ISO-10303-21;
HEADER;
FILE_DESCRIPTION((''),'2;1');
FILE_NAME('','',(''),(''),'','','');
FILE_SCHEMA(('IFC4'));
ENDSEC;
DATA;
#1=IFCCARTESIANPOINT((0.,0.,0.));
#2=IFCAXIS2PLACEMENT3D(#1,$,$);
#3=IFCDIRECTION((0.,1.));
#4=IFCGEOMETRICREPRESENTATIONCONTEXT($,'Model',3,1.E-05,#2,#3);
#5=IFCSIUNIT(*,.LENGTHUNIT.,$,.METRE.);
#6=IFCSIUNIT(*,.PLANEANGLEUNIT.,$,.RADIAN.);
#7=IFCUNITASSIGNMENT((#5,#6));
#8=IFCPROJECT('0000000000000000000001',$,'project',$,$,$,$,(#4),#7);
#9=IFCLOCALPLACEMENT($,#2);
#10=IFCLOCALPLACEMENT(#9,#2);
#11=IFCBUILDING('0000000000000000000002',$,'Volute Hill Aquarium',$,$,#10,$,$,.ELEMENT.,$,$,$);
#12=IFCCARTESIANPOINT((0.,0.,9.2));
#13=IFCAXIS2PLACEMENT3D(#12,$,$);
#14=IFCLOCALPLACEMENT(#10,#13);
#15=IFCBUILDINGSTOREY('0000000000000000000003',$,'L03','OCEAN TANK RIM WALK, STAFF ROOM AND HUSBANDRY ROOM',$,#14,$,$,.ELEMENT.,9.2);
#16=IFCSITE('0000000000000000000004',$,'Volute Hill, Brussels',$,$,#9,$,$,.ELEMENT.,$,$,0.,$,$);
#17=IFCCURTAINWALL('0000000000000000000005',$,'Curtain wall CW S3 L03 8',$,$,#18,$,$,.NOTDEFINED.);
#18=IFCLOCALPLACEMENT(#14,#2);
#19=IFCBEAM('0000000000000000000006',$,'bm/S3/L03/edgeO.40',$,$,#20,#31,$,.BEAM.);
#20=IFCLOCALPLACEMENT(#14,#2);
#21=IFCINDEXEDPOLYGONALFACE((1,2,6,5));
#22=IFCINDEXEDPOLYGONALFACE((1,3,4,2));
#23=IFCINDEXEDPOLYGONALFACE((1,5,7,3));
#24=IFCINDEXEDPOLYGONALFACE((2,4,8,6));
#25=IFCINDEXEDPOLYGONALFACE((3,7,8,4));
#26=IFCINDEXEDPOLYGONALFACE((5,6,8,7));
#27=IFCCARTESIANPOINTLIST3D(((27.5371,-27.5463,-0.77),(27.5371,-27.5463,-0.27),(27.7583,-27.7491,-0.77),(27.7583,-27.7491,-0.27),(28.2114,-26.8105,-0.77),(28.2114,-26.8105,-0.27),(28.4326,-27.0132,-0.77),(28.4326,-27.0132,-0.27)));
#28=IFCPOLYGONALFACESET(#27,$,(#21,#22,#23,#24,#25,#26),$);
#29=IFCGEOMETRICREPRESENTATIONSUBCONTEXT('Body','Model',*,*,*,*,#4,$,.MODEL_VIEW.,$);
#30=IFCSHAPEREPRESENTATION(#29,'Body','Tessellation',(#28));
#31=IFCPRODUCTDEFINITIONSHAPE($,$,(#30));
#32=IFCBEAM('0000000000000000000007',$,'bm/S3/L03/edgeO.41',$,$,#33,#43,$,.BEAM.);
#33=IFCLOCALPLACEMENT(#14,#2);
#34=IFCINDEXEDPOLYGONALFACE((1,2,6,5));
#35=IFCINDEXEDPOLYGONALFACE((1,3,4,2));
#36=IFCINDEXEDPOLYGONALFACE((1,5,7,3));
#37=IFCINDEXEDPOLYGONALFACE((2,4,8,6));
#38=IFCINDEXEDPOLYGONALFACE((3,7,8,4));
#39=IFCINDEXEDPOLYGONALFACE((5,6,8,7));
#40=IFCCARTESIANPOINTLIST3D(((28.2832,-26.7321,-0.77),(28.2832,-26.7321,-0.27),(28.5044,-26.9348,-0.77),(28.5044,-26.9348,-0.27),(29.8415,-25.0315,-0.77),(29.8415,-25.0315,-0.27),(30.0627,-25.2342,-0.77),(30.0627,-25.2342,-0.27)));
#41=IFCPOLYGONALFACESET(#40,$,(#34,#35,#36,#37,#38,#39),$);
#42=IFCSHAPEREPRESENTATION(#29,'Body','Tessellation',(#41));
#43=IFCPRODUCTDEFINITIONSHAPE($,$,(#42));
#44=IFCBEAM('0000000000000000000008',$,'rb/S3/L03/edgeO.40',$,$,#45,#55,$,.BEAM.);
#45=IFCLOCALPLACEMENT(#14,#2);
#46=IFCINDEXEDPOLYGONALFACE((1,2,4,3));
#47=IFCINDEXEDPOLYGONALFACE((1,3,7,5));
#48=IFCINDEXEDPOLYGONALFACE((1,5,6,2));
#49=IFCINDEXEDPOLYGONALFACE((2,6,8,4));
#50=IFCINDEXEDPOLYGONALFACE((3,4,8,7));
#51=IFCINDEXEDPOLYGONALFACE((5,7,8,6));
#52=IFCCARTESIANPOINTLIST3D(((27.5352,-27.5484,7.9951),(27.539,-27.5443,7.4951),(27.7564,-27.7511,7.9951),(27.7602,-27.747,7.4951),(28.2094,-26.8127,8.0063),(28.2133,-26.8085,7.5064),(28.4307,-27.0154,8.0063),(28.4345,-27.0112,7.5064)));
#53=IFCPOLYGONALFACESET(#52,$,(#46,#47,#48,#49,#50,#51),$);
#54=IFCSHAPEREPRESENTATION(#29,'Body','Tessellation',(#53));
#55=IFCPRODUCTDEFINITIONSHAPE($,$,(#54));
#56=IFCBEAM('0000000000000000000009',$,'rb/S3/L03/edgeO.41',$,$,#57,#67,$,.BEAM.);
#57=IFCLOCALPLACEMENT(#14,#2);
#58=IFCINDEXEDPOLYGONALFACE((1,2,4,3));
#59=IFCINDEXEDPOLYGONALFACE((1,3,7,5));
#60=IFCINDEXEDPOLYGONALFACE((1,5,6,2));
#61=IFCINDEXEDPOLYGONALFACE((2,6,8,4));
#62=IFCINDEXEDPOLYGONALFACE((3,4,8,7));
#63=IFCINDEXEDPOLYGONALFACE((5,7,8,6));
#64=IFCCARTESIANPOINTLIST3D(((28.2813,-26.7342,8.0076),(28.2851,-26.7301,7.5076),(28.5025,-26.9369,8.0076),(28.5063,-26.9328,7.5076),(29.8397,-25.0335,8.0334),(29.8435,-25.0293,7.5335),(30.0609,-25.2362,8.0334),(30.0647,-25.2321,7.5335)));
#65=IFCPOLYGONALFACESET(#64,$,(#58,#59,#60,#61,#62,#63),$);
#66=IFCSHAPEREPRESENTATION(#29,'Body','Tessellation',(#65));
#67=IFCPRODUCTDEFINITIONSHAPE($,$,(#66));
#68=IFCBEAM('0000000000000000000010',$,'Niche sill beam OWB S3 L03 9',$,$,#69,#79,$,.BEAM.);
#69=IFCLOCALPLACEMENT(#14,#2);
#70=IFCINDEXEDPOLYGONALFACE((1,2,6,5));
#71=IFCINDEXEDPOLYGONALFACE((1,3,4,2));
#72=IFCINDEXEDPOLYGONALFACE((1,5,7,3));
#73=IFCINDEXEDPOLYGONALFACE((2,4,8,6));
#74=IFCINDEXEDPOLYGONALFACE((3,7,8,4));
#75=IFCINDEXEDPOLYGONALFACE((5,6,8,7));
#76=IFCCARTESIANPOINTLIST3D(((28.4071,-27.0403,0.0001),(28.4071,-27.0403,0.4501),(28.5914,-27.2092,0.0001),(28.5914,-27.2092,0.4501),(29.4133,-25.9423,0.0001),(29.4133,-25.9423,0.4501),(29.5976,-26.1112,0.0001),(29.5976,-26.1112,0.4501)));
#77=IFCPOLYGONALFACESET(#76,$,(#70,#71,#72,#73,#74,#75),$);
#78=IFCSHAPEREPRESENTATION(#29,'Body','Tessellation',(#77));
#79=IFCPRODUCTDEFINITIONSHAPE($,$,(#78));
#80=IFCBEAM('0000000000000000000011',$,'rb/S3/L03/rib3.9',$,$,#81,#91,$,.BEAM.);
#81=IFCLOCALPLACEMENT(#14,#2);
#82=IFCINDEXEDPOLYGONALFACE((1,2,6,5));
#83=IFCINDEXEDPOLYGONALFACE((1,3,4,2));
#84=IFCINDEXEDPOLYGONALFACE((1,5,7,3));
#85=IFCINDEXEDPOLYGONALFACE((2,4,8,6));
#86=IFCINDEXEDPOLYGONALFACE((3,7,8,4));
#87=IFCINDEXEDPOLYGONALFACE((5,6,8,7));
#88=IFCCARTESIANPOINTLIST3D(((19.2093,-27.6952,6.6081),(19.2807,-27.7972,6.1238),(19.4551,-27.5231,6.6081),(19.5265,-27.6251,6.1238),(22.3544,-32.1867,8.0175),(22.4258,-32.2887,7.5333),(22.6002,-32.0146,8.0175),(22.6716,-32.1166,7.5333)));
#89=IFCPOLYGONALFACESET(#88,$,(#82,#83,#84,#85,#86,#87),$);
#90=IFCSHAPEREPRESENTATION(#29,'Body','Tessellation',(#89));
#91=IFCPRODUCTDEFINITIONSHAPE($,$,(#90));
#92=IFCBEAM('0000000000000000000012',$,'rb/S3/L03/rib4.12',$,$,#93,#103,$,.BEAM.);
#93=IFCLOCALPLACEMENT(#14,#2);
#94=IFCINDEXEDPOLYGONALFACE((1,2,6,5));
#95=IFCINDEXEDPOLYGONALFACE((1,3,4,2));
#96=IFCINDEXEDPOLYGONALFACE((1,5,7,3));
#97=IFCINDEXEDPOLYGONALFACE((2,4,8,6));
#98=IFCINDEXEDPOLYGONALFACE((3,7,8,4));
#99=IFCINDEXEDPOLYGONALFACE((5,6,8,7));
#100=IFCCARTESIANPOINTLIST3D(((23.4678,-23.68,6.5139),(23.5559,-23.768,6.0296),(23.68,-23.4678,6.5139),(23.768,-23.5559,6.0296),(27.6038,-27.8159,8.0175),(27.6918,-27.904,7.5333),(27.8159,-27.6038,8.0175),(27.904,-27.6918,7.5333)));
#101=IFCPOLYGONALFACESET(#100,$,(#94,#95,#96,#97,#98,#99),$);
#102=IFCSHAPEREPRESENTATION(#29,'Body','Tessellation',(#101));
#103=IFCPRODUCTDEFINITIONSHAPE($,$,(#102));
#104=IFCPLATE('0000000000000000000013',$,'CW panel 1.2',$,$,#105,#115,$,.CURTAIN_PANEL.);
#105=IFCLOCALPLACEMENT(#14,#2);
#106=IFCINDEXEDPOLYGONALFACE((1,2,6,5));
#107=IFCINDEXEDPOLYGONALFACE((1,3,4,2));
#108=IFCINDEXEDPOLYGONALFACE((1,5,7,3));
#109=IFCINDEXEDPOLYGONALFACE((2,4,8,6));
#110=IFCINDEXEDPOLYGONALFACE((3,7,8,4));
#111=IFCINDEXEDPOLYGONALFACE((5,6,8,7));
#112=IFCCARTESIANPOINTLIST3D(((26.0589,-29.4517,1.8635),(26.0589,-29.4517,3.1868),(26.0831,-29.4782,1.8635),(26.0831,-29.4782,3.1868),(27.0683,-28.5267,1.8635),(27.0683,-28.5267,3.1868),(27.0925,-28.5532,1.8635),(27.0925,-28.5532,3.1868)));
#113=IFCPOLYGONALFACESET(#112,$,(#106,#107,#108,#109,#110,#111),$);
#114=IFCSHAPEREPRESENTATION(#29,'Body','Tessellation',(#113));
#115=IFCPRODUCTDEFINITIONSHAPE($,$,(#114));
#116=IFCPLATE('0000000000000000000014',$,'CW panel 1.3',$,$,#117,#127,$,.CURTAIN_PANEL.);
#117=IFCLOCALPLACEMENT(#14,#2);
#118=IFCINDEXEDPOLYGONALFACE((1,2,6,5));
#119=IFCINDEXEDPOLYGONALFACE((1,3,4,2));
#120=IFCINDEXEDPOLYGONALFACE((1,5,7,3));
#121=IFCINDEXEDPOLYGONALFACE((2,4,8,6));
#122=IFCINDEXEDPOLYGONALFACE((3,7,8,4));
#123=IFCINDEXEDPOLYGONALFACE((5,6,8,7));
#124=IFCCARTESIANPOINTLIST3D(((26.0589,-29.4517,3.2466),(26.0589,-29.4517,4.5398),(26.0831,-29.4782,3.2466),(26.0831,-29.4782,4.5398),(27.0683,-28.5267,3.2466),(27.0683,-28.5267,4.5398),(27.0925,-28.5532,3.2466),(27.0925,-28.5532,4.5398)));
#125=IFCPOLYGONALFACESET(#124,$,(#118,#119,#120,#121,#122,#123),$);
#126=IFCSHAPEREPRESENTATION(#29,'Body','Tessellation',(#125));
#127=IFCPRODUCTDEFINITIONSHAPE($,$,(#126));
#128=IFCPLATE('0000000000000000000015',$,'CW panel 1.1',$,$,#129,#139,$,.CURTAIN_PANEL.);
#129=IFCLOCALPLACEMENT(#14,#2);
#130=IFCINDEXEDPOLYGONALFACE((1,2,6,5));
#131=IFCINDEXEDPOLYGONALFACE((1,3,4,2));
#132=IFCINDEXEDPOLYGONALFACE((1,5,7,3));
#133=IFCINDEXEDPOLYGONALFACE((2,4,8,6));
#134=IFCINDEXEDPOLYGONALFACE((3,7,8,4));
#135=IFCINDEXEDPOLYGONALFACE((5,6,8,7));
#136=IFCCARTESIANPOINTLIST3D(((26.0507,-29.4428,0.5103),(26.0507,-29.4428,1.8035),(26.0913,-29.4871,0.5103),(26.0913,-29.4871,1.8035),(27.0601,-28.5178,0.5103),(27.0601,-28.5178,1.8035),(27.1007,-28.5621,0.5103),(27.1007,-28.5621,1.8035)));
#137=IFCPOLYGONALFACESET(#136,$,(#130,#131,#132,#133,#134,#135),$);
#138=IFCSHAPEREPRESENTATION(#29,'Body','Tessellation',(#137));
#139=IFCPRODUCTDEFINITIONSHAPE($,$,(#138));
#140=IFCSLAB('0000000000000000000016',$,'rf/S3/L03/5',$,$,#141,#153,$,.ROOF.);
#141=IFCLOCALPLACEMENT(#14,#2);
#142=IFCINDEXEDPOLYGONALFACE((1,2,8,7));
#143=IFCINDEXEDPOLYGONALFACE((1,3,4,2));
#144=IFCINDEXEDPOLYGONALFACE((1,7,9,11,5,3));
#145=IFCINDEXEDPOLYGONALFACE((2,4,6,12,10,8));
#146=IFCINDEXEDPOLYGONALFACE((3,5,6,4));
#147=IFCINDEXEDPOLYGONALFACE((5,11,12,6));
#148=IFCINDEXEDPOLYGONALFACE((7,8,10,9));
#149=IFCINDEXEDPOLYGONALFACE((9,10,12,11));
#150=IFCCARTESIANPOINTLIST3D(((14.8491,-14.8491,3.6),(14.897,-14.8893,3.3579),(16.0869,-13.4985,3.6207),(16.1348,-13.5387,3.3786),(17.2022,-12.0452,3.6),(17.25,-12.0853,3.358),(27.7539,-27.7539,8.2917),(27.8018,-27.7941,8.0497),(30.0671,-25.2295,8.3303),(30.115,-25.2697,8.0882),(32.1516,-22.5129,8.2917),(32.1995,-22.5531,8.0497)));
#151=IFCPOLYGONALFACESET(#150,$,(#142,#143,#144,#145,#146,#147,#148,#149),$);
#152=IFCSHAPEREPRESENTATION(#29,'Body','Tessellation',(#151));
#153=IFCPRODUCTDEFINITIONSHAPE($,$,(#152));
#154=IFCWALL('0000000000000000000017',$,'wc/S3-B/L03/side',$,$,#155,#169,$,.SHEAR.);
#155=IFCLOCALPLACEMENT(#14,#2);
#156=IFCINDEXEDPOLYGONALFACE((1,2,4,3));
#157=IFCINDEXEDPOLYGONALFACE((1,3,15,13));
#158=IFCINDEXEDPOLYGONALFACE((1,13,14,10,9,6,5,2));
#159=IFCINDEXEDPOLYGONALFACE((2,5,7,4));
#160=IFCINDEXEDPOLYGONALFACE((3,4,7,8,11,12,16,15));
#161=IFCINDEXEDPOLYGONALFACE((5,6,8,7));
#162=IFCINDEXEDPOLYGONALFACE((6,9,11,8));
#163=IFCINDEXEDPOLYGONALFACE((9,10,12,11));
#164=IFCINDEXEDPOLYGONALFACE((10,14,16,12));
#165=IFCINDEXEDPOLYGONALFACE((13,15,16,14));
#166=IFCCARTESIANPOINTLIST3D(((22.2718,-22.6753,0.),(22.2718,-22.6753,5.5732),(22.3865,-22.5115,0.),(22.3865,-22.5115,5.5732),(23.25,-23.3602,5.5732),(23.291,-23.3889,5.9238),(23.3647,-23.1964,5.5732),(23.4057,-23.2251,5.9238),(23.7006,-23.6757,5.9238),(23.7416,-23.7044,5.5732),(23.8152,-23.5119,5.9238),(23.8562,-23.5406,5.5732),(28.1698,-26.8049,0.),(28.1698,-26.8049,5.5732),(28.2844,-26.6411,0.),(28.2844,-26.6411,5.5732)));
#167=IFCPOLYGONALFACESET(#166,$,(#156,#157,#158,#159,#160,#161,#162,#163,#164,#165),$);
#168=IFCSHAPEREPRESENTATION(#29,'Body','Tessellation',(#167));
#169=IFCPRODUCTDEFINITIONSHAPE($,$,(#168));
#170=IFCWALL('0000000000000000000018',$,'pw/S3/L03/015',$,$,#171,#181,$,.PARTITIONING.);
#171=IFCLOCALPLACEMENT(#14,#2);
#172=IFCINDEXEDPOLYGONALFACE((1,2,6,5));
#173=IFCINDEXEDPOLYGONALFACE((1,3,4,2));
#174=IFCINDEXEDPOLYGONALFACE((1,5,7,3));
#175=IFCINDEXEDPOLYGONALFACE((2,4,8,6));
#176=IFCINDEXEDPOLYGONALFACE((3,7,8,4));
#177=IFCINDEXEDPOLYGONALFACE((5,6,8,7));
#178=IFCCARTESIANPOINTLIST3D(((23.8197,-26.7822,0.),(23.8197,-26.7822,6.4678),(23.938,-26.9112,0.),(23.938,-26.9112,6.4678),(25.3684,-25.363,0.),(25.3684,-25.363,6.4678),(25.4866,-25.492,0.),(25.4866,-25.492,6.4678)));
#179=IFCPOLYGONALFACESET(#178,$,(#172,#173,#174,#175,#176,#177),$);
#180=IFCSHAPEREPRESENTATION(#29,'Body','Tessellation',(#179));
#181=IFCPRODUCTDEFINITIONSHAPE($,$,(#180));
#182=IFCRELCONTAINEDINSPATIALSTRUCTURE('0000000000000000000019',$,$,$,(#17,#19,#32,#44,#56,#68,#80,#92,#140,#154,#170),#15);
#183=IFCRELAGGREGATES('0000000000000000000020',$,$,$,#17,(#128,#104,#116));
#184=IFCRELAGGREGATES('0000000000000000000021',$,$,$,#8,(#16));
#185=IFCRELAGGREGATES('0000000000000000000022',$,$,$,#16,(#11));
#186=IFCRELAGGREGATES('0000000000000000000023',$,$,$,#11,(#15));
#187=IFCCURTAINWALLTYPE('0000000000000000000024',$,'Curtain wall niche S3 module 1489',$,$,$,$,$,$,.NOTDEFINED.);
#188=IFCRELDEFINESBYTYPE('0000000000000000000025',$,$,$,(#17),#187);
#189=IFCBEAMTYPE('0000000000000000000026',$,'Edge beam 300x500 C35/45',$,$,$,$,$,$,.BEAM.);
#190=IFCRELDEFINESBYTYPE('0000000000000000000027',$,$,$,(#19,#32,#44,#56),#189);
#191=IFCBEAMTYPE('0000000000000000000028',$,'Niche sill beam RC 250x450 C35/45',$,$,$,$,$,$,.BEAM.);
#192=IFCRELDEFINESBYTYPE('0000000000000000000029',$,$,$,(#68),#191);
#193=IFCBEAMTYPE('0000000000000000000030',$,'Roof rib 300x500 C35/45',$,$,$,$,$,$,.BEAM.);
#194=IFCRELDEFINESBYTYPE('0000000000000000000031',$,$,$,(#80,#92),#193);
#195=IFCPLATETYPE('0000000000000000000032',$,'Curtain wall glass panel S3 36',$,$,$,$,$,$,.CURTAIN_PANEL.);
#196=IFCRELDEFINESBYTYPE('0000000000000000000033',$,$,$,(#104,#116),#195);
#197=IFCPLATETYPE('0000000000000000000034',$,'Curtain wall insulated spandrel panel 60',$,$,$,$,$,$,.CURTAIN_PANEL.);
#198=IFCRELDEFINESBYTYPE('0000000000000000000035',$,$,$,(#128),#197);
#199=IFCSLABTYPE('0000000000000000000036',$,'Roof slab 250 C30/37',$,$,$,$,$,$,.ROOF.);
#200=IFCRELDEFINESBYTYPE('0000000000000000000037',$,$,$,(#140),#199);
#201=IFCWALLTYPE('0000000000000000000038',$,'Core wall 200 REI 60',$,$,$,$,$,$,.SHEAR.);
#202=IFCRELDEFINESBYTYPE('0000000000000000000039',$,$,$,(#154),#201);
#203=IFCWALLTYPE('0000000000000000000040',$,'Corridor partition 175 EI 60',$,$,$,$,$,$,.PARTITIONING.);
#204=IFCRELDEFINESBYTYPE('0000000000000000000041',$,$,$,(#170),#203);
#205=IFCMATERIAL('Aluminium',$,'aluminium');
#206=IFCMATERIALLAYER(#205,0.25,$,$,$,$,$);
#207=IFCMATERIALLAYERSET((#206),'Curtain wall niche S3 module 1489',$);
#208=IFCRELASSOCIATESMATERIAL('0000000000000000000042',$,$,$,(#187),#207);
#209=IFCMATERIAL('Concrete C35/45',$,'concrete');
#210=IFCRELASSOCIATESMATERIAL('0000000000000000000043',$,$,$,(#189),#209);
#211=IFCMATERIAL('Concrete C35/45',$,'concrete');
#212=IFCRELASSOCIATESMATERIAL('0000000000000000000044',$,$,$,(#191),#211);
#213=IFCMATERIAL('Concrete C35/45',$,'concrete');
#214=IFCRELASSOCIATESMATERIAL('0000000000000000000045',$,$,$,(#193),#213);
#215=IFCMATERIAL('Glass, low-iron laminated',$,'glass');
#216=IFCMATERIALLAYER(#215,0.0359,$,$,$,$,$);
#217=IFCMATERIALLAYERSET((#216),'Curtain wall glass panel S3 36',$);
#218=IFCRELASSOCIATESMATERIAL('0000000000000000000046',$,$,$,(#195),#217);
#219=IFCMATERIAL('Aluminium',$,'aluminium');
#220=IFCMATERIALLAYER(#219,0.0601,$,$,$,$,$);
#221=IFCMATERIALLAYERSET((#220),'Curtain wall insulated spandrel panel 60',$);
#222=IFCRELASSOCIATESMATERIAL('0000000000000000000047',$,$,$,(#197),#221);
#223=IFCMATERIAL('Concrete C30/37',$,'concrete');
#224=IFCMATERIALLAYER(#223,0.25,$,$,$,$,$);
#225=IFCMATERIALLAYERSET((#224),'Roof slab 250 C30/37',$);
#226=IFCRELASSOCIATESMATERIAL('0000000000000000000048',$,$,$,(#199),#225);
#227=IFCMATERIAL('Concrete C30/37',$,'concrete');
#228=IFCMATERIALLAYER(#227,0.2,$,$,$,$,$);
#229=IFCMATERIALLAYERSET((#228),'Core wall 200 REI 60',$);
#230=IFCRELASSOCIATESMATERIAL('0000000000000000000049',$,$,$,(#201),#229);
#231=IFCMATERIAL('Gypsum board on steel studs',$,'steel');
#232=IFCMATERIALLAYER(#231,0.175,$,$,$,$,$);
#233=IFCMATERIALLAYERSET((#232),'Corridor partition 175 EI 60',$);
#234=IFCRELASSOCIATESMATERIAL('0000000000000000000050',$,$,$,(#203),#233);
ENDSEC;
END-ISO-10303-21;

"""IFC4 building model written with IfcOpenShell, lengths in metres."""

from ifc_helpers import new_model, si_unit, direction, frame, frame_2d, origin, origin_2d, place, context, subcontext, project, spatial, polyline, rectangle, outline, extrude, material, layer, layer_set, material_profile, profile_set, type_object, element, aggregate, save


model = new_model("IFC4")

# Units and contexts
model_context = context("Model", 3, precision=1e-05, world=origin(), true_north=direction((0.0, 1.0)))
body_context = subcontext(model_context, "Body", "Model", "MODEL_VIEW")
ifc_project = project(units=[si_unit("LENGTHUNIT", "METRE"), si_unit("PLANEANGLEUNIT", "RADIAN")], contexts=[model_context])

# Site, building, storey
site_placement = place(None, origin())
site = spatial("IfcSite", under=ifc_project, at=site_placement, Name="Volute Hill, Brussels", CompositionType="ELEMENT", RefElevation=0.0)
building_placement = place(site_placement, origin())
building = spatial("IfcBuilding", under=site, at=building_placement, Name="Volute Hill Aquarium", CompositionType="ELEMENT")
storey_placement = place(building_placement, frame((0.0, 0.0, 9.2)))
storey = spatial("IfcBuildingStorey", under=building, at=storey_placement, Name="L03", Description="OCEAN TANK RIM WALK, STAFF ROOM AND HUSBANDRY ROOM", CompositionType="ELEMENT", Elevation=9.2)

# Curtain wall
ifc_material_1 = material(Name="Aluminium", Category="aluminium")
ifc_layer_1 = layer(ifc_material_1, 0.25)
ifc_layer_set_1 = layer_set([ifc_layer_1], Name="Curtain wall niche S3 module 1489")
curtain_wall_type = type_object("IfcCurtainWallType", Name="Curtain wall niche S3 module 1489", PredefinedType="NOTDEFINED", material=ifc_layer_set_1)
curtain_wall_1_placement = place(storey_placement, origin())
curtain_wall_1 = element("IfcCurtainWall", 1, at=curtain_wall_1_placement, inside=storey, type_object=curtain_wall_type, Name="Curtain wall CW S3 L03 8", PredefinedType="NOTDEFINED")

# Beams
ifc_material_2 = material(Name="Concrete C35/45", Category="concrete")
ifc_material_profile_1 = material_profile(ifc_material_2, rectangle(XDim=0.3, YDim=0.5, at=origin_2d()), Name="RC edge beam 300x500")
ifc_profile_set_1 = profile_set([ifc_material_profile_1], Name="Concrete C35/45")
beam_type_1 = type_object("IfcBeamType", Name="Edge beam 300x500 C35/45", PredefinedType="BEAM", material=ifc_profile_set_1)
beam_1_placement = place(storey_placement, frame((27.6477, -27.6477, -0.52), z_axis=(0.675614, 0.737256, 0.0), x_axis=(-0.737256, 0.675614, 0.0)))
element("IfcBeam", 2, at=beam_1_placement, inside=storey, type_object=beam_type_1, Name="bm/S3/L03/edgeO.40", PredefinedType="BEAM", context=body_context, shape_type="SweptSolid", body=[
    extrude(rectangle(XDim=0.3, YDim=0.5, at=origin_2d()), origin(), (0.0, 0.0, 1.0), 0.998),
])
beam_2_placement = place(storey_placement, frame((28.3938, -26.8335, -0.52), z_axis=(0.675581, 0.737286, 0.0), x_axis=(-0.737286, 0.675581, 0.0)))
element("IfcBeam", 3, at=beam_2_placement, inside=storey, type_object=beam_type_1, Name="bm/S3/L03/edgeO.41", PredefinedType="BEAM", context=body_context, shape_type="SweptSolid", body=[
    extrude(rectangle(XDim=0.3, YDim=0.5, at=origin_2d()), origin(), (0.0, 0.0, 1.0), 2.3066),
])
beam_3_placement = place(storey_placement, frame((27.6477, -27.6477, 7.7451), z_axis=(0.675571, 0.737209, 0.011251), x_axis=(-0.737256, 0.675614, 0.0)))
element("IfcBeam", 4, at=beam_3_placement, inside=storey, type_object=beam_type_1, Name="rb/S3/L03/edgeO.40", PredefinedType="BEAM", context=body_context, shape_type="SweptSolid", body=[
    extrude(rectangle(XDim=0.3, YDim=0.5, at=origin_2d()), origin(), (0.0, 0.0, 1.0), 0.998),
])
beam_4_placement = place(storey_placement, frame((28.3938, -26.8335, 7.7576), z_axis=(0.675538, 0.73724, 0.011218), x_axis=(-0.737286, 0.675581, 0.0)))
element("IfcBeam", 5, at=beam_4_placement, inside=storey, type_object=beam_type_1, Name="rb/S3/L03/edgeO.41", PredefinedType="BEAM", context=body_context, shape_type="SweptSolid", body=[
    extrude(rectangle(XDim=0.3, YDim=0.5, at=origin_2d()), origin(), (0.0, 0.0, 1.0), 2.3069),
])
ifc_material_3 = material(Name="Concrete C35/45", Category="concrete")
ifc_material_profile_2 = material_profile(ifc_material_3, rectangle(XDim=0.25, YDim=0.45, at=origin_2d()), Name="RC beam 250x450")
ifc_profile_set_2 = profile_set([ifc_material_profile_2], Name="Concrete C35/45")
beam_type_2 = type_object("IfcBeamType", Name="Niche sill beam RC 250x450 C35/45", PredefinedType="BEAM", material=ifc_profile_set_2)
beam_5_placement = place(storey_placement, frame((28.4993, -27.1248, 0.2251), z_axis=(0.675613, 0.737256, 0.0), x_axis=(-0.737256, 0.675613, 0.0)))
element("IfcBeam", 6, at=beam_5_placement, inside=storey, type_object=beam_type_2, Name="Niche sill beam OWB S3 L03 9", PredefinedType="BEAM", context=body_context, shape_type="SweptSolid", body=[
    extrude(rectangle(XDim=0.25, YDim=0.45, at=origin_2d()), origin(), (0.0, 0.0, 1.0), 1.4893),
])
ifc_material_4 = material(Name="Concrete C35/45", Category="concrete")
ifc_material_profile_3 = material_profile(ifc_material_4, rectangle(XDim=0.3, YDim=0.5, at=origin_2d()), Name="RC rib 300x500")
ifc_profile_set_3 = profile_set([ifc_material_profile_3], Name="Concrete C35/45")
beam_type_3 = type_object("IfcBeamType", Name="Roof rib 300x500 C35/45", PredefinedType="BEAM", material=ifc_profile_set_3)
beam_6_placement = place(storey_placement, frame((19.3679, -27.6602, 6.366), z_axis=(0.555525, -0.793355, 0.248956), x_axis=(0.819146, 0.573585, 0.0)))
element("IfcBeam", 7, at=beam_6_placement, inside=storey, type_object=beam_type_3, Name="rb/S3/L03/rib3.9", PredefinedType="BEAM", context=body_context, shape_type="SweptSolid", body=[
    extrude(rectangle(XDim=0.3, YDim=0.5, at=origin_2d()), origin(), (0.0, 0.0, 1.0), 5.6614),
])
beam_7_placement = place(storey_placement, frame((23.6179, -23.6179, 6.2717), z_axis=(0.684839, -0.684839, 0.248977), x_axis=(0.707107, 0.707107, 0.0)))
element("IfcBeam", 8, at=beam_7_placement, inside=storey, type_object=beam_type_3, Name="rb/S3/L03/rib4.12", PredefinedType="BEAM", context=body_context, shape_type="SweptSolid", body=[
    extrude(rectangle(XDim=0.3, YDim=0.5, at=origin_2d()), origin(), (0.0, 0.0, 1.0), 6.0393),
])

# Plates
ifc_material_5 = material(Name="Glass, low-iron laminated", Category="glass")
ifc_layer_2 = layer(ifc_material_5, 0.0359)
ifc_layer_set_2 = layer_set([ifc_layer_2], Name="Curtain wall glass panel S3 36")
plate_type_1 = type_object("IfcPlateType", Name="Curtain wall glass panel S3 36", PredefinedType="CURTAIN_PANEL", material=ifc_layer_set_2)
plate_1_placement = place(storey_placement, frame((26.5757, -29.0024, 1.8635), z_axis=(0.0, 0.0, 1.0), x_axis=(0.737256, 0.675613, 0.0)))
plate_1 = element("IfcPlate", 9, at=plate_1_placement, type_object=plate_type_1, Name="CW panel 1.2", PredefinedType="CURTAIN_PANEL", context=body_context, shape_type="SweptSolid", body=[
    extrude(rectangle(XDim=1.3691, YDim=0.0359, at=origin_2d()), origin(), (0.0, 0.0, 1.0), 1.3232),
])
plate_2_placement = place(storey_placement, frame((26.5757, -29.0024, 3.2466), z_axis=(0.0, 0.0, 1.0), x_axis=(0.737256, 0.675613, 0.0)))
plate_2 = element("IfcPlate", 10, at=plate_2_placement, type_object=plate_type_1, Name="CW panel 1.3", PredefinedType="CURTAIN_PANEL", context=body_context, shape_type="SweptSolid", body=[
    extrude(rectangle(XDim=1.3691, YDim=0.0359, at=origin_2d()), origin(), (0.0, 0.0, 1.0), 1.2932),
])
ifc_material_6 = material(Name="Aluminium", Category="aluminium")
ifc_layer_3 = layer(ifc_material_6, 0.0601)
ifc_layer_set_3 = layer_set([ifc_layer_3], Name="Curtain wall insulated spandrel panel 60")
plate_type_2 = type_object("IfcPlateType", Name="Curtain wall insulated spandrel panel 60", PredefinedType="CURTAIN_PANEL", material=ifc_layer_set_3)
plate_3_placement = place(storey_placement, frame((26.5757, -29.0024, 0.5103), z_axis=(0.0, 0.0, 1.0), x_axis=(0.737256, 0.675613, 0.0)))
plate_3 = element("IfcPlate", 11, at=plate_3_placement, type_object=plate_type_2, Name="CW panel 1.1", PredefinedType="CURTAIN_PANEL", context=body_context, shape_type="SweptSolid", body=[
    extrude(rectangle(XDim=1.3691, YDim=0.0601, at=origin_2d()), origin(), (0.0, 0.0, 1.0), 1.2932),
])
aggregate(curtain_wall_1, [plate_3, plate_1, plate_2])

# Slab
ifc_material_7 = material(Name="Concrete C30/37", Category="concrete")
ifc_layer_4 = layer(ifc_material_7, 0.25)
ifc_layer_set_4 = layer_set([ifc_layer_4], Name="Roof slab 250 C30/37")
slab_type = type_object("IfcSlabType", Name="Roof slab 250 C30/37", PredefinedType="ROOF", material=ifc_layer_set_4)
slab_placement = place(storey_placement, frame((27.7539, -27.7539, 8.2917), z_axis=(-0.191413, 0.16062, 0.968278), x_axis=(0.675555, 0.737224, 0.011254)))
element("IfcSlab", 12, at=slab_placement, inside=storey, type_object=slab_type, Name="rf/S3/L03/5", PredefinedType="ROOF", context=body_context, shape_type="SweptSolid", body=[
    extrude(outline(polyline([(0.0, 0.0), (3.4242, 0.0), (6.8347, 0.3082), (4.3998, 18.9936), (2.5751, 18.8288), (0.743, 18.8289), (0.0, 0.0)])), origin(), (0.0, 0.0, -1.0), 0.25),
])

# Walls
ifc_material_8 = material(Name="Concrete C30/37", Category="concrete")
ifc_layer_5 = layer(ifc_material_8, 0.2)
ifc_layer_set_5 = layer_set([ifc_layer_5], Name="Core wall 200 REI 60")
wall_type_1 = type_object("IfcWallType", Name="Core wall 200 REI 60", PredefinedType="SHEAR", material=ifc_layer_set_5)
wall_1_placement = place(storey_placement, frame((22.3291, -22.5935, 0.0), z_axis=(0.0, 0.0, 1.0), x_axis=(0.819162, -0.573562, 0.0)))
element("IfcWall", 13, at=wall_1_placement, inside=storey, type_object=wall_type_1, Name="wc/S3-B/L03/side", PredefinedType="SHEAR", context=body_context, shape_type="SweptSolid", body=[
    extrude(outline(polyline([(0.0, 0.0), (7.2, 0.0), (7.2, 5.5732), (1.7942, 5.5732), (1.7441, 5.9238), (1.2441, 5.9238), (1.1941, 5.5732), (0.0, 5.5732), (0.0, 0.0)])), frame((0.0, 0.1001, 0.0), z_axis=(0.0, -1.0, 0.0), x_axis=(1.0, 0.0, 0.0)), (0.0, 0.0, 1.0), 0.2),
])
ifc_material_9 = material(Name="Gypsum board on steel studs", Category="steel")
ifc_layer_6 = layer(ifc_material_9, 0.175)
ifc_layer_set_6 = layer_set([ifc_layer_6], Name="Corridor partition 175 EI 60")
wall_type_2 = type_object("IfcWallType", Name="Corridor partition 175 EI 60", PredefinedType="PARTITIONING", material=ifc_layer_set_6)
wall_2_placement = place(storey_placement, frame((25.4275, -25.4275, 0.0), z_axis=(0.0, 0.0, 1.0), x_axis=(-0.737236, -0.675635, 0.0)))
element("IfcWall", 14, at=wall_2_placement, inside=storey, type_object=wall_type_2, Name="pw/S3/L03/015", PredefinedType="PARTITIONING", context=body_context, shape_type="SweptSolid", body=[
    extrude(rectangle(XDim=2.1006, YDim=0.175, at=frame_2d((1.0503, 0.0))), origin(), (0.0, 0.0, 1.0), 6.4678),
])

save(model, "model.ifc")
